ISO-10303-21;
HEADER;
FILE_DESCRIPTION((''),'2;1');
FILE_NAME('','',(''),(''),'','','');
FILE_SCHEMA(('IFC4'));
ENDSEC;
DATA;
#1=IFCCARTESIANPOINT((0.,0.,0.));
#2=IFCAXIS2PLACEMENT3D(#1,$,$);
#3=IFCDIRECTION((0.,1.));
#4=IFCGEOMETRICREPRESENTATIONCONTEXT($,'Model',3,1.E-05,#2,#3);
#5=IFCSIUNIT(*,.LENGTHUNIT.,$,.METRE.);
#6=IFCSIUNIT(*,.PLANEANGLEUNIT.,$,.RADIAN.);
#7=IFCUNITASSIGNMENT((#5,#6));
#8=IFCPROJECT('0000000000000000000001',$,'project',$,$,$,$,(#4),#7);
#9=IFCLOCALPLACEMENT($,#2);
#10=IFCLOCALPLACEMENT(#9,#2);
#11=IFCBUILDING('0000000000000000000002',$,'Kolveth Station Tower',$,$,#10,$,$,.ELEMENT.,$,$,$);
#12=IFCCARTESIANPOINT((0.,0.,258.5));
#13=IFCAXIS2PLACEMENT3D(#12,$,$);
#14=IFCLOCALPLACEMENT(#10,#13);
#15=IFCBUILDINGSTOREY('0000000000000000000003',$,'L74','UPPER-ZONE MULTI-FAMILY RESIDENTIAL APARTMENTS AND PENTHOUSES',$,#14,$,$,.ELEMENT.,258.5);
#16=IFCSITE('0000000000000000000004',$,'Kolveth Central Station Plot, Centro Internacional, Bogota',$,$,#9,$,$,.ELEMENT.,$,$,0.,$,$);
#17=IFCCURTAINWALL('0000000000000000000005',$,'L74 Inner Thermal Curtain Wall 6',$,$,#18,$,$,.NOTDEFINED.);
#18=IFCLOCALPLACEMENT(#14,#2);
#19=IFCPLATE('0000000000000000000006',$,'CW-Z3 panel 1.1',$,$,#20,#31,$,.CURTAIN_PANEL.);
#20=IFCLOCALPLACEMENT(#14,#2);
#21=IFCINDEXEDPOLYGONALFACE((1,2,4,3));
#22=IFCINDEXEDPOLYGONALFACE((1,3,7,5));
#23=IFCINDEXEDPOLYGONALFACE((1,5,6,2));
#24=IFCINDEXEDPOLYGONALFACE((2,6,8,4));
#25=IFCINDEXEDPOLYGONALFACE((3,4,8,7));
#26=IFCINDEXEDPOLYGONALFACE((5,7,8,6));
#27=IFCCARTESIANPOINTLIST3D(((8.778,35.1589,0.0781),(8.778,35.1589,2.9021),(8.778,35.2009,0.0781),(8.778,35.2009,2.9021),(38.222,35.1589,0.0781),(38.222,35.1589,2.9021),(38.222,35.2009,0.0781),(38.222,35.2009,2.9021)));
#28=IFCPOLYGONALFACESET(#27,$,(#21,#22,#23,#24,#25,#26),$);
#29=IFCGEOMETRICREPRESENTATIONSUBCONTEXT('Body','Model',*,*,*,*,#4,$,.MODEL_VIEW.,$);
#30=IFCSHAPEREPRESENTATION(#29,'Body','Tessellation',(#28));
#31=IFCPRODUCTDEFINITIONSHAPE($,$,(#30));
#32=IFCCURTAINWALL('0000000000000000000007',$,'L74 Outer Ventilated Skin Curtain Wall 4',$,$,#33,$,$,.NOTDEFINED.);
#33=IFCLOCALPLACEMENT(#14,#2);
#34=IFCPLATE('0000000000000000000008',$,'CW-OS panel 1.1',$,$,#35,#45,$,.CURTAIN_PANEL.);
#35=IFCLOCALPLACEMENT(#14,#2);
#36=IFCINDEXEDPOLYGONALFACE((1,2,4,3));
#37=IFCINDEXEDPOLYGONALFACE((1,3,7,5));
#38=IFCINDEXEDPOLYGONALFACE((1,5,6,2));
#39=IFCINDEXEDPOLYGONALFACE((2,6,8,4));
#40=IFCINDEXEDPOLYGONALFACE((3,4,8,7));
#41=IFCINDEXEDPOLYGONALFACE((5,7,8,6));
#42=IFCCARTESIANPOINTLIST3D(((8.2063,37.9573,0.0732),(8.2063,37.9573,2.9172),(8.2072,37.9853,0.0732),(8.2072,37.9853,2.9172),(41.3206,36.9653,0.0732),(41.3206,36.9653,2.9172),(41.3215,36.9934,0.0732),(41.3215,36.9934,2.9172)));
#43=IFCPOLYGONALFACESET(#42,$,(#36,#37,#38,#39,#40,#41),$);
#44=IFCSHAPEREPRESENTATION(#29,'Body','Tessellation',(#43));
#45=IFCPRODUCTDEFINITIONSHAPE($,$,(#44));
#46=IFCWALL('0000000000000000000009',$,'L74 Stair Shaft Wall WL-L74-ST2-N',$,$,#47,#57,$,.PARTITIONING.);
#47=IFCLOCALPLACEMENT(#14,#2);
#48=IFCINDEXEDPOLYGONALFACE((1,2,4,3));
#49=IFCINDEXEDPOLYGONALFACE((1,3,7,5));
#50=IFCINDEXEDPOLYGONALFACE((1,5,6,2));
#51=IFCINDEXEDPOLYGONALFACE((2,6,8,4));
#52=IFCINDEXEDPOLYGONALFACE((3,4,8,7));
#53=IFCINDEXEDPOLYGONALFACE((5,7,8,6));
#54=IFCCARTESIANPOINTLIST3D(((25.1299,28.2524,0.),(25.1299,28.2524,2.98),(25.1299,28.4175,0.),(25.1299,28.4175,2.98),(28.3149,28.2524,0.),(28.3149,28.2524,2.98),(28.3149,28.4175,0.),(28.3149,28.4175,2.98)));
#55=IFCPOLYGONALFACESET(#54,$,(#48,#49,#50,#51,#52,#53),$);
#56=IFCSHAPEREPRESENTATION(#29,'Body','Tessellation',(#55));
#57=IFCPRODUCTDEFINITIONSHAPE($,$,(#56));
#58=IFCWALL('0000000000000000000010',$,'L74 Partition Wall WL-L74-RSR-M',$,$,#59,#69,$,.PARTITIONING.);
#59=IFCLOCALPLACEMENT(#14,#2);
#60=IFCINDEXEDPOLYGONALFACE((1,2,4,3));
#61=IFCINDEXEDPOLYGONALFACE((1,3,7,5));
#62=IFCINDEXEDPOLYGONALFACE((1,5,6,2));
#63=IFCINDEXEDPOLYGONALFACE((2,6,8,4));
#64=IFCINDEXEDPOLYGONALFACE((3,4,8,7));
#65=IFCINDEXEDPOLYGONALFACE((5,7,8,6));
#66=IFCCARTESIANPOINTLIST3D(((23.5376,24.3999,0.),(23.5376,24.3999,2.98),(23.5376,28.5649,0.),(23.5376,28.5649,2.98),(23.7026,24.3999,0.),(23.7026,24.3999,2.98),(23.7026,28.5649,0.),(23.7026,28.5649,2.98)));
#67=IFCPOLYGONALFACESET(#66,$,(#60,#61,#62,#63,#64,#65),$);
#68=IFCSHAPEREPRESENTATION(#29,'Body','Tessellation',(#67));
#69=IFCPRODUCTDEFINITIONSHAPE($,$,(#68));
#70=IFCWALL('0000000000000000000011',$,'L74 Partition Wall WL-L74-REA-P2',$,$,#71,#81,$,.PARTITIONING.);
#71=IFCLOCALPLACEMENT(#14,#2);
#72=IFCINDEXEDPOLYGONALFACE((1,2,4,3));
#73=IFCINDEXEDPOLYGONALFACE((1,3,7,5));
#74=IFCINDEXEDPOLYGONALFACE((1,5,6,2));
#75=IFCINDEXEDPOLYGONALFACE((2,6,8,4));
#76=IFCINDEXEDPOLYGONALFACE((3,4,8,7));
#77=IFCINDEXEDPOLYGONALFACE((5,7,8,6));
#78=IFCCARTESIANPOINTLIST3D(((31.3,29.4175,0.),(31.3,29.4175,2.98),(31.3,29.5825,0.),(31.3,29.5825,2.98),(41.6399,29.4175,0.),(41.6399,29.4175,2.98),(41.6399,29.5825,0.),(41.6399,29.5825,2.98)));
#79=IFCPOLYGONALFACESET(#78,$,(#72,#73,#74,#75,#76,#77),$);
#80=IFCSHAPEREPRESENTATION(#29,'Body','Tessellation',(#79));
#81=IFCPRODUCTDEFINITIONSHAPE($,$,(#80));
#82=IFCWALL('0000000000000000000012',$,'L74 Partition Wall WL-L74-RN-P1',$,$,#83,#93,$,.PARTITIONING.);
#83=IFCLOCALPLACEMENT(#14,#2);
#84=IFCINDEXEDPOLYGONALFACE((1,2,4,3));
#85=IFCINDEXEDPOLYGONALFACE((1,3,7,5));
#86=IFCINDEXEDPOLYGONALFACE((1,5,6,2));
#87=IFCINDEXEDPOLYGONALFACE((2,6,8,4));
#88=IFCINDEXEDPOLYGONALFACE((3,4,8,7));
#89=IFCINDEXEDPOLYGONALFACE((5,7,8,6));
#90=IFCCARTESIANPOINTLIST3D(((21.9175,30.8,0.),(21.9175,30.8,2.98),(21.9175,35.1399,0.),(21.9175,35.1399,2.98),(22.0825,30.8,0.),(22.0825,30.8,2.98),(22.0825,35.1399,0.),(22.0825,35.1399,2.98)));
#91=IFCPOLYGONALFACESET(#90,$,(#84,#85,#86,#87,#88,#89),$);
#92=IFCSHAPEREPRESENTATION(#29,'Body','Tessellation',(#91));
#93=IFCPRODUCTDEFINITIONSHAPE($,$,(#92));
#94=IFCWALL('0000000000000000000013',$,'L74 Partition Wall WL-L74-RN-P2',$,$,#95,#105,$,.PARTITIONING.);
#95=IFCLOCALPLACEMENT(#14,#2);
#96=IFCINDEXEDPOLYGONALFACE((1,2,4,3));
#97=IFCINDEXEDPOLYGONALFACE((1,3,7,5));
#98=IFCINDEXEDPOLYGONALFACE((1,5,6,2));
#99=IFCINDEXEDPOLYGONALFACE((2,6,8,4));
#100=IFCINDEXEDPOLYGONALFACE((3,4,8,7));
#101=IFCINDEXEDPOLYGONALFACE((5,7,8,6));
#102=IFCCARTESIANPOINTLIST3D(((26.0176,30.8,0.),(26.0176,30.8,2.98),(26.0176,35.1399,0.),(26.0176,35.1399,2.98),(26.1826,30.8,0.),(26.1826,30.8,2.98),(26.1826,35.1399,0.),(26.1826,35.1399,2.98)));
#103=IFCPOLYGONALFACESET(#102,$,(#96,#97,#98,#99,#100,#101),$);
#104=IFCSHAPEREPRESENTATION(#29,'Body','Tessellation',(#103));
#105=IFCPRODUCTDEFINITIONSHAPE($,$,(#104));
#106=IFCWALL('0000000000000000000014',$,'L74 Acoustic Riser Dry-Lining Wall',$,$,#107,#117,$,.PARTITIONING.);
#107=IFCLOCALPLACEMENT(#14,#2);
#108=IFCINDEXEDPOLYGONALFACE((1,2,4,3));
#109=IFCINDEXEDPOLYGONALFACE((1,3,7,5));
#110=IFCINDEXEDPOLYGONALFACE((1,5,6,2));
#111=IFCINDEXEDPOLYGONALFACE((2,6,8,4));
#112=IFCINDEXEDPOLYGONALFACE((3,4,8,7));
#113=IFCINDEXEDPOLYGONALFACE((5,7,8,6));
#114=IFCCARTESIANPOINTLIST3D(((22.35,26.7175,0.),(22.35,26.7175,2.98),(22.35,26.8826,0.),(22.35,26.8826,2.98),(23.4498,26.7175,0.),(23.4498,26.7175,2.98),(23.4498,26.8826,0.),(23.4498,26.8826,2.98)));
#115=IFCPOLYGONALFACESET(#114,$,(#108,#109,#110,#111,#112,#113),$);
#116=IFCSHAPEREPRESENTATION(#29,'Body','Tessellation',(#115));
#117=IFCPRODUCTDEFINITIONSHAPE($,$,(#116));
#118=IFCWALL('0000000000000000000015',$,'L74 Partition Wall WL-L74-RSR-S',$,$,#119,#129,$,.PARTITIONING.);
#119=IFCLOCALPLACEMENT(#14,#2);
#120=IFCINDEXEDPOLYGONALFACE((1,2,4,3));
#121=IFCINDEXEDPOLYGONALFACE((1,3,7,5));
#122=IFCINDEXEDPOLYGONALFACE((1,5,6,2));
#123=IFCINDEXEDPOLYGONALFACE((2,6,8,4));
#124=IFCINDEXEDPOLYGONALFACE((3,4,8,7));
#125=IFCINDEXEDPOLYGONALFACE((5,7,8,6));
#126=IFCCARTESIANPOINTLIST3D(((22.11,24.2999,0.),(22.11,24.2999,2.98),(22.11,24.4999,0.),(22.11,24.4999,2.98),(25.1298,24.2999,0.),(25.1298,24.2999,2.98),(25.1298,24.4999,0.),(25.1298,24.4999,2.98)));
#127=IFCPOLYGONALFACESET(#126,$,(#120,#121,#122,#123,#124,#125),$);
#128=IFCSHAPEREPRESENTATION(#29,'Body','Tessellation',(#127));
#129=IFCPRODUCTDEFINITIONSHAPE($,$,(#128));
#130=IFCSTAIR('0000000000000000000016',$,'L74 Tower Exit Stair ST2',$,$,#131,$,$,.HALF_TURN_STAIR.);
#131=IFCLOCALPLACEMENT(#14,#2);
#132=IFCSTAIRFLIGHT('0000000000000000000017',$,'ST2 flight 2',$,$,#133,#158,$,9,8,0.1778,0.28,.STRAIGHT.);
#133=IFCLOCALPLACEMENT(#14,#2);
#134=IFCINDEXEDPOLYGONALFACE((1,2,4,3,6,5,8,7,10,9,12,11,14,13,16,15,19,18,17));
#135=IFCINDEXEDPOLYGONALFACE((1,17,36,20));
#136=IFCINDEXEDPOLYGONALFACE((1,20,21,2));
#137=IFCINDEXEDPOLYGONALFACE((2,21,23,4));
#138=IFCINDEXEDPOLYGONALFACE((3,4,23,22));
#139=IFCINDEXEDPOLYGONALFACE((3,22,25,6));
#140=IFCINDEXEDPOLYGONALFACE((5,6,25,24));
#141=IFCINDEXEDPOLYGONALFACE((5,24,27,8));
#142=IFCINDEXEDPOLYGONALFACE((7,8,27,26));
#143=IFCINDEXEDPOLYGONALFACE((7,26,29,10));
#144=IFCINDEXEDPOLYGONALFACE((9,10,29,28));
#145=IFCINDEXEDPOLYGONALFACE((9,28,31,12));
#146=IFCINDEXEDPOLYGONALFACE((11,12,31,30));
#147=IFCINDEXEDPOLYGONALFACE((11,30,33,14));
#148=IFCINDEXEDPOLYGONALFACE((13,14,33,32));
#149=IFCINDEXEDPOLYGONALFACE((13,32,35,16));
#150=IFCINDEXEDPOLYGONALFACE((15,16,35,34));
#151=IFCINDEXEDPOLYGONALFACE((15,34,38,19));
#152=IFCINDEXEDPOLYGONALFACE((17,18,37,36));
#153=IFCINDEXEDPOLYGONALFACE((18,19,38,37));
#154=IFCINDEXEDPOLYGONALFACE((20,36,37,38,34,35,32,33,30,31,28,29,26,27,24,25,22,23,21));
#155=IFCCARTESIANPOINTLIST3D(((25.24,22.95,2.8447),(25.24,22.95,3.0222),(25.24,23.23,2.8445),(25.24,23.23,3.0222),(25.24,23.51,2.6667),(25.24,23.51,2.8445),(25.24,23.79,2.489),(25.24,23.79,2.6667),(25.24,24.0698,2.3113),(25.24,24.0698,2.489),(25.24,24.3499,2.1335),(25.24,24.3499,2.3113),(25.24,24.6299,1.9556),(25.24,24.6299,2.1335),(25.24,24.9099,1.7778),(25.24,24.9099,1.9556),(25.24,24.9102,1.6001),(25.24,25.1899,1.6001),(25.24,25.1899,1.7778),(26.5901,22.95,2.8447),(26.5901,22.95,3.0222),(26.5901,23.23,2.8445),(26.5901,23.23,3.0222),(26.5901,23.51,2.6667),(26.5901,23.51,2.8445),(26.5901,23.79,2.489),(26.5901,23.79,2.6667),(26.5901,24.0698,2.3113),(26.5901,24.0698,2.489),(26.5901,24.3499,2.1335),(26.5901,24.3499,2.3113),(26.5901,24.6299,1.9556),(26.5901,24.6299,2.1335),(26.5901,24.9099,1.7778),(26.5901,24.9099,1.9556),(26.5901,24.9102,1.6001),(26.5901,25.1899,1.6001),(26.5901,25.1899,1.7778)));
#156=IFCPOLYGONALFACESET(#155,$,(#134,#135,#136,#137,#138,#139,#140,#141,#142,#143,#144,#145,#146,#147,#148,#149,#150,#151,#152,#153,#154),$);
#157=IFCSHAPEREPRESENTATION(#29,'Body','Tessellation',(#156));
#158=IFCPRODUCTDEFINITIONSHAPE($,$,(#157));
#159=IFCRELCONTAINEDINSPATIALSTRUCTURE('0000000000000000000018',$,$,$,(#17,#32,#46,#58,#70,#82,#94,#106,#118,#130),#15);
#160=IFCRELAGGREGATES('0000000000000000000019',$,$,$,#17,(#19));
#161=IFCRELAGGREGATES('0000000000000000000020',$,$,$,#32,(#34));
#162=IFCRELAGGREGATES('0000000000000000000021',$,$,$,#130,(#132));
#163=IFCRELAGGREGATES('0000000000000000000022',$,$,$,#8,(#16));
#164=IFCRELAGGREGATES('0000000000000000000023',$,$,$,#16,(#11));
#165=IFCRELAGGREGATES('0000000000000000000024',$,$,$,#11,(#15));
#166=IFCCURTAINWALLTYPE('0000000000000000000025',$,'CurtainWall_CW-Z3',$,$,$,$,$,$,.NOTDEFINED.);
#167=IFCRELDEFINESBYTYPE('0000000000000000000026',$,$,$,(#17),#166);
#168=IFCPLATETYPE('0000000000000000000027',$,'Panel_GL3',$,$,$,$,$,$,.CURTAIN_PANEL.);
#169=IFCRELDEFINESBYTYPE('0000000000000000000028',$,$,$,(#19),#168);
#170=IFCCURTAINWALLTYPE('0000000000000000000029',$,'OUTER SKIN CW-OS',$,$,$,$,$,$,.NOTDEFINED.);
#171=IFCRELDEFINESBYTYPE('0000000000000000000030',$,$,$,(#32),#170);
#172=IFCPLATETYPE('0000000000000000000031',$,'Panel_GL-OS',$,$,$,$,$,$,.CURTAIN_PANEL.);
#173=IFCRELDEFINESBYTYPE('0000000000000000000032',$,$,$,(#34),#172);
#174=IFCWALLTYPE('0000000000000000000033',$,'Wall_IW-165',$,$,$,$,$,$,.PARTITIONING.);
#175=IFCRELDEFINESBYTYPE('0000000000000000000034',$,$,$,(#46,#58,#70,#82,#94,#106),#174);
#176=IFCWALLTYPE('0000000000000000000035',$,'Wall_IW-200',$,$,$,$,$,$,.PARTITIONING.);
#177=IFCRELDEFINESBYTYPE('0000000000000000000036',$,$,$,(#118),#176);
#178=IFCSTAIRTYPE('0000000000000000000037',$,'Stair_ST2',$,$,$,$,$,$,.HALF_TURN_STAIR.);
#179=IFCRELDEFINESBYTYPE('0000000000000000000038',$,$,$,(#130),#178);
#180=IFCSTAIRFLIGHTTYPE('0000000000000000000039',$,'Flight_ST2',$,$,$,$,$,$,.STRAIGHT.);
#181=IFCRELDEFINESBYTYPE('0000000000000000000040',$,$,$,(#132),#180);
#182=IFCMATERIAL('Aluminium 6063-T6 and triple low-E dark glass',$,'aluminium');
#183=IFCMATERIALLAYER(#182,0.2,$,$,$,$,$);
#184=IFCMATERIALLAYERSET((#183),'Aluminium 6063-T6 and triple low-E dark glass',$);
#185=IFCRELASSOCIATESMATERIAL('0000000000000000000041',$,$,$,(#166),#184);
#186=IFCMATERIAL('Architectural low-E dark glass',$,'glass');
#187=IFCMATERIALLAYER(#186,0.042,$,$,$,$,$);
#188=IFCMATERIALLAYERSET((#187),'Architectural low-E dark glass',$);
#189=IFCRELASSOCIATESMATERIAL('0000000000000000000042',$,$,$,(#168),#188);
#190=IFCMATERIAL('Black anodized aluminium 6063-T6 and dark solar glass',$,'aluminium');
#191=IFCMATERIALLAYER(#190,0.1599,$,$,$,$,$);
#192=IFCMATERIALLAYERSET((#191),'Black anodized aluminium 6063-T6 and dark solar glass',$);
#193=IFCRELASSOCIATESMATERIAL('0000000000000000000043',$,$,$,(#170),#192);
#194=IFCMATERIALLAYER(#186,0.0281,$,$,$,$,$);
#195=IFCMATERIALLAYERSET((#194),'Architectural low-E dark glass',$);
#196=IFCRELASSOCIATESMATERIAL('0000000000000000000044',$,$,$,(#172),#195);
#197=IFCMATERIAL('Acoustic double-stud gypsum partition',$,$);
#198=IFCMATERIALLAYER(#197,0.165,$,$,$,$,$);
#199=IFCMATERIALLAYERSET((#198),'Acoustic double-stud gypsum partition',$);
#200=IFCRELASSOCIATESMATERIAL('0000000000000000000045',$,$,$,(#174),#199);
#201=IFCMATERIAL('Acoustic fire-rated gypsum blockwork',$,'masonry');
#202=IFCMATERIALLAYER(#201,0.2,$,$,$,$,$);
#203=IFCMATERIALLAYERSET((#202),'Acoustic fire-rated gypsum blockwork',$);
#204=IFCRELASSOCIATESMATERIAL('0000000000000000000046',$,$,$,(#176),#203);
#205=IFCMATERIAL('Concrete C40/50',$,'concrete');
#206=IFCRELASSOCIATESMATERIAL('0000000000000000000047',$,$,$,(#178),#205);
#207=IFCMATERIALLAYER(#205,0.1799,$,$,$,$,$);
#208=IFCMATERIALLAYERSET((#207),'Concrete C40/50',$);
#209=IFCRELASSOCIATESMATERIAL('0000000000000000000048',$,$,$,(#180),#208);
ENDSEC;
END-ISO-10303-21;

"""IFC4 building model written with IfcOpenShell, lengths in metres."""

from ifc_helpers import new_model, si_unit, direction, frame, frame_2d, origin, origin_2d, place, context, subcontext, project, spatial, polyline, rectangle, outline, extrude, source, transform, mapped, material, layer, layer_set, type_object, element, aggregate, save


model = new_model("IFC4")

# Units and contexts
model_context = context("Model", 3, precision=1e-05, world=origin(), true_north=direction((0.0, 1.0)))
body_context = subcontext(model_context, "Body", "Model", "MODEL_VIEW")
ifc_project = project(units=[si_unit("LENGTHUNIT", "METRE"), si_unit("PLANEANGLEUNIT", "RADIAN")], contexts=[model_context])

# Site, building, storey
site_placement = place(None, origin())
site = spatial("IfcSite", under=ifc_project, at=site_placement, Name="Kolveth Central Station Plot, Centro Internacional, Bogota", CompositionType="ELEMENT", RefElevation=0.0)
building_placement = place(site_placement, origin())
building = spatial("IfcBuilding", under=site, at=building_placement, Name="Kolveth Station Tower", CompositionType="ELEMENT")
storey_placement = place(building_placement, frame((0.0, 0.0, 258.5)))
storey = spatial("IfcBuildingStorey", under=building, at=storey_placement, Name="L74", Description="UPPER-ZONE MULTI-FAMILY RESIDENTIAL APARTMENTS AND PENTHOUSES", CompositionType="ELEMENT", Elevation=258.5)

# Curtain walls, plates
ifc_material_1 = material(Name="Aluminium 6063-T6 and triple low-E dark glass", Category="aluminium")
ifc_layer_1 = layer(ifc_material_1, 0.2)
ifc_layer_set_1 = layer_set([ifc_layer_1], Name="Aluminium 6063-T6 and triple low-E dark glass")
curtain_wall_type_1 = type_object("IfcCurtainWallType", Name="CurtainWall_CW-Z3", PredefinedType="NOTDEFINED", material=ifc_layer_set_1)
curtain_wall_1_placement = place(storey_placement, origin())
curtain_wall_1 = element("IfcCurtainWall", 1, at=curtain_wall_1_placement, inside=storey, type_object=curtain_wall_type_1, Name="L74 Inner Thermal Curtain Wall 6", PredefinedType="NOTDEFINED")
ifc_material_2 = material(Name="Architectural low-E dark glass", Category="glass")
ifc_layer_2 = layer(ifc_material_2, 0.042)
ifc_layer_set_2 = layer_set([ifc_layer_2], Name="Architectural low-E dark glass")
plate_type_1 = type_object("IfcPlateType", Name="Panel_GL3", PredefinedType="CURTAIN_PANEL", material=ifc_layer_set_2)
shared_shape_1 = source(origin(), body_context, "Body", "SweptSolid", [
    extrude(rectangle(XDim=29.4441, YDim=0.042, at=origin_2d()), origin(), (0.0, 0.0, 1.0), 2.824),
])
plate_1_placement = place(storey_placement, frame((23.5, 35.1799, 0.0781), z_axis=(0.0, 0.0, 1.0), x_axis=(-1.0, 0.0, 0.0)))
plate_1 = element("IfcPlate", 2, at=plate_1_placement, type_object=plate_type_1, Name="CW-Z3 panel 1.1", PredefinedType="CURTAIN_PANEL", context=body_context, shape_type="MappedRepresentation", body=[
    mapped(shared_shape_1, transform((0.0, 0.0, 0.0), x_axis=(1.0, 0.0, 0.0), y_axis=(0.0, 1.0, 0.0), z_axis=(0.0, 0.0, 1.0), scale=1.0)),
])
aggregate(curtain_wall_1, [plate_1])
ifc_material_3 = material(Name="Black anodized aluminium 6063-T6 and dark solar glass", Category="aluminium")
ifc_layer_3 = layer(ifc_material_3, 0.1599)
ifc_layer_set_3 = layer_set([ifc_layer_3], Name="Black anodized aluminium 6063-T6 and dark solar glass")
curtain_wall_type_2 = type_object("IfcCurtainWallType", Name="OUTER SKIN CW-OS", PredefinedType="NOTDEFINED", material=ifc_layer_set_3)
curtain_wall_2_placement = place(storey_placement, origin())
curtain_wall_2 = element("IfcCurtainWall", 3, at=curtain_wall_2_placement, inside=storey, type_object=curtain_wall_type_2, Name="L74 Outer Ventilated Skin Curtain Wall 4", PredefinedType="NOTDEFINED")
ifc_layer_4 = layer(ifc_material_2, 0.0281)
ifc_layer_set_4 = layer_set([ifc_layer_4], Name="Architectural low-E dark glass")
plate_type_2 = type_object("IfcPlateType", Name="Panel_GL-OS", PredefinedType="CURTAIN_PANEL", material=ifc_layer_set_4)
shared_shape_2 = source(origin(), body_context, "Body", "SweptSolid", [
    extrude(rectangle(XDim=33.1292, YDim=0.0281, at=origin_2d()), origin(), (0.0, 0.0, 1.0), 2.844),
])
plate_2_placement = place(storey_placement, frame((24.7639, 37.4753, 0.0732), z_axis=(0.0, 0.0, 1.0), x_axis=(-0.999552, 0.029941, 0.0)))
plate_2 = element("IfcPlate", 4, at=plate_2_placement, type_object=plate_type_2, Name="CW-OS panel 1.1", PredefinedType="CURTAIN_PANEL", context=body_context, shape_type="MappedRepresentation", body=[
    mapped(shared_shape_2, transform((0.0, 0.0, 0.0), x_axis=(1.0, 0.0, 0.0), y_axis=(0.0, 1.0, 0.0), z_axis=(0.0, 0.0, 1.0), scale=1.0)),
])
aggregate(curtain_wall_2, [plate_2])

# Walls
ifc_material_4 = material(Name="Acoustic double-stud gypsum partition")
ifc_layer_5 = layer(ifc_material_4, 0.165)
ifc_layer_set_5 = layer_set([ifc_layer_5], Name="Acoustic double-stud gypsum partition")
wall_type_1 = type_object("IfcWallType", Name="Wall_IW-165", PredefinedType="PARTITIONING", material=ifc_layer_set_5)
wall_1_placement = place(storey_placement, frame((25.1299, 28.335, 0.0), z_axis=(0.0, 0.0, 1.0), x_axis=(1.0, 0.0, 0.0)))
element("IfcWall", 5, at=wall_1_placement, inside=storey, type_object=wall_type_1, Name="L74 Stair Shaft Wall WL-L74-ST2-N", PredefinedType="PARTITIONING", context=body_context, shape_type="SweptSolid", body=[
    extrude(rectangle(XDim=3.1851, YDim=0.165, at=frame_2d((1.5925, 0.0))), origin(), (0.0, 0.0, 1.0), 2.98),
])
wall_2_placement = place(storey_placement, frame((23.6201, 24.3999, 0.0), z_axis=(0.0, 0.0, 1.0), x_axis=(0.0, 1.0, 0.0)))
element("IfcWall", 6, at=wall_2_placement, inside=storey, type_object=wall_type_1, Name="L74 Partition Wall WL-L74-RSR-M", PredefinedType="PARTITIONING", context=body_context, shape_type="SweptSolid", body=[
    extrude(rectangle(XDim=4.165, YDim=0.165, at=frame_2d((2.0825, 0.0))), origin(), (0.0, 0.0, 1.0), 2.98),
])
wall_3_placement = place(storey_placement, frame((31.3, 29.5, 0.0), z_axis=(0.0, 0.0, 1.0), x_axis=(1.0, 0.0, 0.0)))
element("IfcWall", 7, at=wall_3_placement, inside=storey, type_object=wall_type_1, Name="L74 Partition Wall WL-L74-REA-P2", PredefinedType="PARTITIONING", context=body_context, shape_type="SweptSolid", body=[
    extrude(rectangle(XDim=10.3398, YDim=0.165, at=frame_2d((5.1699, 0.0))), origin(), (0.0, 0.0, 1.0), 2.98),
])
for number, where, z_axis, x_axis, name in (
    (8, (22.0, 30.8, 0.0), (0.0, 0.0, 1.0), (0.0, 1.0, 0.0), "L74 Partition Wall WL-L74-RN-P1"),
    (9, (26.1001, 30.8, 0.0), (0.0, 0.0, 1.0), (0.0, 1.0, 0.0), "L74 Partition Wall WL-L74-RN-P2"),
):
    element("IfcWall", number, at=place(storey_placement, frame(where, z_axis=z_axis, x_axis=x_axis)), inside=storey, type_object=wall_type_1, Name=name, PredefinedType="PARTITIONING", context=body_context, shape_type="SweptSolid", body=[
        extrude(rectangle(XDim=4.3398, YDim=0.165, at=frame_2d((2.1699, 0.0))), origin(), (0.0, 0.0, 1.0), 2.98),
    ])
wall_4_placement = place(storey_placement, frame((22.3501, 26.8, 0.0), z_axis=(0.0, 0.0, 1.0), x_axis=(1.0, 0.0, 0.0)))
element("IfcWall", 10, at=wall_4_placement, inside=storey, type_object=wall_type_1, Name="L74 Acoustic Riser Dry-Lining Wall", PredefinedType="PARTITIONING", context=body_context, shape_type="SweptSolid", body=[
    extrude(rectangle(XDim=1.0999, YDim=0.165, at=frame_2d((0.5498, 0.0))), origin(), (0.0, 0.0, 1.0), 2.98),
])
ifc_material_5 = material(Name="Acoustic fire-rated gypsum blockwork", Category="masonry")
ifc_layer_6 = layer(ifc_material_5, 0.2)
ifc_layer_set_6 = layer_set([ifc_layer_6], Name="Acoustic fire-rated gypsum blockwork")
wall_type_2 = type_object("IfcWallType", Name="Wall_IW-200", PredefinedType="PARTITIONING", material=ifc_layer_set_6)
wall_5_placement = place(storey_placement, frame((22.1101, 24.3999, 0.0), z_axis=(0.0, 0.0, 1.0), x_axis=(1.0, 0.0, 0.0)))
element("IfcWall", 11, at=wall_5_placement, inside=storey, type_object=wall_type_2, Name="L74 Partition Wall WL-L74-RSR-S", PredefinedType="PARTITIONING", context=body_context, shape_type="SweptSolid", body=[
    extrude(rectangle(XDim=3.0198, YDim=0.2, at=frame_2d((1.5098, 0.0))), origin(), (0.0, 0.0, 1.0), 2.98),
])

# Stair, stair flight
ifc_material_6 = material(Name="Concrete C40/50", Category="concrete")
stair_type = type_object("IfcStairType", Name="Stair_ST2", PredefinedType="HALF_TURN_STAIR", material=ifc_material_6)
stair_placement = place(storey_placement, origin())
stair = element("IfcStair", 12, at=stair_placement, inside=storey, type_object=stair_type, Name="L74 Tower Exit Stair ST2", PredefinedType="HALF_TURN_STAIR")
ifc_layer_7 = layer(ifc_material_6, 0.1799)
ifc_layer_set_7 = layer_set([ifc_layer_7], Name="Concrete C40/50")
stair_flight_type = type_object("IfcStairFlightType", Name="Flight_ST2", PredefinedType="STRAIGHT", material=ifc_layer_set_7)
stair_flight_placement = place(storey_placement, frame((25.915, 25.1899, 1.6001), z_axis=(0.0, 0.0, 1.0), x_axis=(0.0, -1.0, 0.0)))
stair_flight = element("IfcStairFlight", 13, at=stair_flight_placement, type_object=stair_flight_type, Name="ST2 flight 2", NumberOfRisers=9, NumberOfTreads=8, PredefinedType="STRAIGHT", RiserHeight=0.1778, TreadLength=0.28, context=body_context, shape_type="SweptSolid", body=[
    extrude(outline(polyline([(0.0, 0.0), (0.0, 0.1777), (0.28, 0.1777), (0.28, 0.3555), (0.5601, 0.3555), (0.5601, 0.5334), (0.8401, 0.5334), (0.8401, 0.7112), (1.1201, 0.7112), (1.1201, 0.8889), (1.3999, 0.8889), (1.3999, 1.0667), (1.6799, 1.0667), (1.6799, 1.2444), (1.96, 1.2444), (1.96, 1.4221), (2.24, 1.4221), (2.24, 1.6001), (2.24, 1.2446), (0.2798, 0.0), (0.0, 0.0)])), frame((0.0, 0.675, 0.0), z_axis=(0.0, -1.0, 0.0), x_axis=(1.0, 0.0, 0.0)), (0.0, 0.0, 1.0), 1.3501),
])
aggregate(stair, [stair_flight])

save(model, "model.ifc")
